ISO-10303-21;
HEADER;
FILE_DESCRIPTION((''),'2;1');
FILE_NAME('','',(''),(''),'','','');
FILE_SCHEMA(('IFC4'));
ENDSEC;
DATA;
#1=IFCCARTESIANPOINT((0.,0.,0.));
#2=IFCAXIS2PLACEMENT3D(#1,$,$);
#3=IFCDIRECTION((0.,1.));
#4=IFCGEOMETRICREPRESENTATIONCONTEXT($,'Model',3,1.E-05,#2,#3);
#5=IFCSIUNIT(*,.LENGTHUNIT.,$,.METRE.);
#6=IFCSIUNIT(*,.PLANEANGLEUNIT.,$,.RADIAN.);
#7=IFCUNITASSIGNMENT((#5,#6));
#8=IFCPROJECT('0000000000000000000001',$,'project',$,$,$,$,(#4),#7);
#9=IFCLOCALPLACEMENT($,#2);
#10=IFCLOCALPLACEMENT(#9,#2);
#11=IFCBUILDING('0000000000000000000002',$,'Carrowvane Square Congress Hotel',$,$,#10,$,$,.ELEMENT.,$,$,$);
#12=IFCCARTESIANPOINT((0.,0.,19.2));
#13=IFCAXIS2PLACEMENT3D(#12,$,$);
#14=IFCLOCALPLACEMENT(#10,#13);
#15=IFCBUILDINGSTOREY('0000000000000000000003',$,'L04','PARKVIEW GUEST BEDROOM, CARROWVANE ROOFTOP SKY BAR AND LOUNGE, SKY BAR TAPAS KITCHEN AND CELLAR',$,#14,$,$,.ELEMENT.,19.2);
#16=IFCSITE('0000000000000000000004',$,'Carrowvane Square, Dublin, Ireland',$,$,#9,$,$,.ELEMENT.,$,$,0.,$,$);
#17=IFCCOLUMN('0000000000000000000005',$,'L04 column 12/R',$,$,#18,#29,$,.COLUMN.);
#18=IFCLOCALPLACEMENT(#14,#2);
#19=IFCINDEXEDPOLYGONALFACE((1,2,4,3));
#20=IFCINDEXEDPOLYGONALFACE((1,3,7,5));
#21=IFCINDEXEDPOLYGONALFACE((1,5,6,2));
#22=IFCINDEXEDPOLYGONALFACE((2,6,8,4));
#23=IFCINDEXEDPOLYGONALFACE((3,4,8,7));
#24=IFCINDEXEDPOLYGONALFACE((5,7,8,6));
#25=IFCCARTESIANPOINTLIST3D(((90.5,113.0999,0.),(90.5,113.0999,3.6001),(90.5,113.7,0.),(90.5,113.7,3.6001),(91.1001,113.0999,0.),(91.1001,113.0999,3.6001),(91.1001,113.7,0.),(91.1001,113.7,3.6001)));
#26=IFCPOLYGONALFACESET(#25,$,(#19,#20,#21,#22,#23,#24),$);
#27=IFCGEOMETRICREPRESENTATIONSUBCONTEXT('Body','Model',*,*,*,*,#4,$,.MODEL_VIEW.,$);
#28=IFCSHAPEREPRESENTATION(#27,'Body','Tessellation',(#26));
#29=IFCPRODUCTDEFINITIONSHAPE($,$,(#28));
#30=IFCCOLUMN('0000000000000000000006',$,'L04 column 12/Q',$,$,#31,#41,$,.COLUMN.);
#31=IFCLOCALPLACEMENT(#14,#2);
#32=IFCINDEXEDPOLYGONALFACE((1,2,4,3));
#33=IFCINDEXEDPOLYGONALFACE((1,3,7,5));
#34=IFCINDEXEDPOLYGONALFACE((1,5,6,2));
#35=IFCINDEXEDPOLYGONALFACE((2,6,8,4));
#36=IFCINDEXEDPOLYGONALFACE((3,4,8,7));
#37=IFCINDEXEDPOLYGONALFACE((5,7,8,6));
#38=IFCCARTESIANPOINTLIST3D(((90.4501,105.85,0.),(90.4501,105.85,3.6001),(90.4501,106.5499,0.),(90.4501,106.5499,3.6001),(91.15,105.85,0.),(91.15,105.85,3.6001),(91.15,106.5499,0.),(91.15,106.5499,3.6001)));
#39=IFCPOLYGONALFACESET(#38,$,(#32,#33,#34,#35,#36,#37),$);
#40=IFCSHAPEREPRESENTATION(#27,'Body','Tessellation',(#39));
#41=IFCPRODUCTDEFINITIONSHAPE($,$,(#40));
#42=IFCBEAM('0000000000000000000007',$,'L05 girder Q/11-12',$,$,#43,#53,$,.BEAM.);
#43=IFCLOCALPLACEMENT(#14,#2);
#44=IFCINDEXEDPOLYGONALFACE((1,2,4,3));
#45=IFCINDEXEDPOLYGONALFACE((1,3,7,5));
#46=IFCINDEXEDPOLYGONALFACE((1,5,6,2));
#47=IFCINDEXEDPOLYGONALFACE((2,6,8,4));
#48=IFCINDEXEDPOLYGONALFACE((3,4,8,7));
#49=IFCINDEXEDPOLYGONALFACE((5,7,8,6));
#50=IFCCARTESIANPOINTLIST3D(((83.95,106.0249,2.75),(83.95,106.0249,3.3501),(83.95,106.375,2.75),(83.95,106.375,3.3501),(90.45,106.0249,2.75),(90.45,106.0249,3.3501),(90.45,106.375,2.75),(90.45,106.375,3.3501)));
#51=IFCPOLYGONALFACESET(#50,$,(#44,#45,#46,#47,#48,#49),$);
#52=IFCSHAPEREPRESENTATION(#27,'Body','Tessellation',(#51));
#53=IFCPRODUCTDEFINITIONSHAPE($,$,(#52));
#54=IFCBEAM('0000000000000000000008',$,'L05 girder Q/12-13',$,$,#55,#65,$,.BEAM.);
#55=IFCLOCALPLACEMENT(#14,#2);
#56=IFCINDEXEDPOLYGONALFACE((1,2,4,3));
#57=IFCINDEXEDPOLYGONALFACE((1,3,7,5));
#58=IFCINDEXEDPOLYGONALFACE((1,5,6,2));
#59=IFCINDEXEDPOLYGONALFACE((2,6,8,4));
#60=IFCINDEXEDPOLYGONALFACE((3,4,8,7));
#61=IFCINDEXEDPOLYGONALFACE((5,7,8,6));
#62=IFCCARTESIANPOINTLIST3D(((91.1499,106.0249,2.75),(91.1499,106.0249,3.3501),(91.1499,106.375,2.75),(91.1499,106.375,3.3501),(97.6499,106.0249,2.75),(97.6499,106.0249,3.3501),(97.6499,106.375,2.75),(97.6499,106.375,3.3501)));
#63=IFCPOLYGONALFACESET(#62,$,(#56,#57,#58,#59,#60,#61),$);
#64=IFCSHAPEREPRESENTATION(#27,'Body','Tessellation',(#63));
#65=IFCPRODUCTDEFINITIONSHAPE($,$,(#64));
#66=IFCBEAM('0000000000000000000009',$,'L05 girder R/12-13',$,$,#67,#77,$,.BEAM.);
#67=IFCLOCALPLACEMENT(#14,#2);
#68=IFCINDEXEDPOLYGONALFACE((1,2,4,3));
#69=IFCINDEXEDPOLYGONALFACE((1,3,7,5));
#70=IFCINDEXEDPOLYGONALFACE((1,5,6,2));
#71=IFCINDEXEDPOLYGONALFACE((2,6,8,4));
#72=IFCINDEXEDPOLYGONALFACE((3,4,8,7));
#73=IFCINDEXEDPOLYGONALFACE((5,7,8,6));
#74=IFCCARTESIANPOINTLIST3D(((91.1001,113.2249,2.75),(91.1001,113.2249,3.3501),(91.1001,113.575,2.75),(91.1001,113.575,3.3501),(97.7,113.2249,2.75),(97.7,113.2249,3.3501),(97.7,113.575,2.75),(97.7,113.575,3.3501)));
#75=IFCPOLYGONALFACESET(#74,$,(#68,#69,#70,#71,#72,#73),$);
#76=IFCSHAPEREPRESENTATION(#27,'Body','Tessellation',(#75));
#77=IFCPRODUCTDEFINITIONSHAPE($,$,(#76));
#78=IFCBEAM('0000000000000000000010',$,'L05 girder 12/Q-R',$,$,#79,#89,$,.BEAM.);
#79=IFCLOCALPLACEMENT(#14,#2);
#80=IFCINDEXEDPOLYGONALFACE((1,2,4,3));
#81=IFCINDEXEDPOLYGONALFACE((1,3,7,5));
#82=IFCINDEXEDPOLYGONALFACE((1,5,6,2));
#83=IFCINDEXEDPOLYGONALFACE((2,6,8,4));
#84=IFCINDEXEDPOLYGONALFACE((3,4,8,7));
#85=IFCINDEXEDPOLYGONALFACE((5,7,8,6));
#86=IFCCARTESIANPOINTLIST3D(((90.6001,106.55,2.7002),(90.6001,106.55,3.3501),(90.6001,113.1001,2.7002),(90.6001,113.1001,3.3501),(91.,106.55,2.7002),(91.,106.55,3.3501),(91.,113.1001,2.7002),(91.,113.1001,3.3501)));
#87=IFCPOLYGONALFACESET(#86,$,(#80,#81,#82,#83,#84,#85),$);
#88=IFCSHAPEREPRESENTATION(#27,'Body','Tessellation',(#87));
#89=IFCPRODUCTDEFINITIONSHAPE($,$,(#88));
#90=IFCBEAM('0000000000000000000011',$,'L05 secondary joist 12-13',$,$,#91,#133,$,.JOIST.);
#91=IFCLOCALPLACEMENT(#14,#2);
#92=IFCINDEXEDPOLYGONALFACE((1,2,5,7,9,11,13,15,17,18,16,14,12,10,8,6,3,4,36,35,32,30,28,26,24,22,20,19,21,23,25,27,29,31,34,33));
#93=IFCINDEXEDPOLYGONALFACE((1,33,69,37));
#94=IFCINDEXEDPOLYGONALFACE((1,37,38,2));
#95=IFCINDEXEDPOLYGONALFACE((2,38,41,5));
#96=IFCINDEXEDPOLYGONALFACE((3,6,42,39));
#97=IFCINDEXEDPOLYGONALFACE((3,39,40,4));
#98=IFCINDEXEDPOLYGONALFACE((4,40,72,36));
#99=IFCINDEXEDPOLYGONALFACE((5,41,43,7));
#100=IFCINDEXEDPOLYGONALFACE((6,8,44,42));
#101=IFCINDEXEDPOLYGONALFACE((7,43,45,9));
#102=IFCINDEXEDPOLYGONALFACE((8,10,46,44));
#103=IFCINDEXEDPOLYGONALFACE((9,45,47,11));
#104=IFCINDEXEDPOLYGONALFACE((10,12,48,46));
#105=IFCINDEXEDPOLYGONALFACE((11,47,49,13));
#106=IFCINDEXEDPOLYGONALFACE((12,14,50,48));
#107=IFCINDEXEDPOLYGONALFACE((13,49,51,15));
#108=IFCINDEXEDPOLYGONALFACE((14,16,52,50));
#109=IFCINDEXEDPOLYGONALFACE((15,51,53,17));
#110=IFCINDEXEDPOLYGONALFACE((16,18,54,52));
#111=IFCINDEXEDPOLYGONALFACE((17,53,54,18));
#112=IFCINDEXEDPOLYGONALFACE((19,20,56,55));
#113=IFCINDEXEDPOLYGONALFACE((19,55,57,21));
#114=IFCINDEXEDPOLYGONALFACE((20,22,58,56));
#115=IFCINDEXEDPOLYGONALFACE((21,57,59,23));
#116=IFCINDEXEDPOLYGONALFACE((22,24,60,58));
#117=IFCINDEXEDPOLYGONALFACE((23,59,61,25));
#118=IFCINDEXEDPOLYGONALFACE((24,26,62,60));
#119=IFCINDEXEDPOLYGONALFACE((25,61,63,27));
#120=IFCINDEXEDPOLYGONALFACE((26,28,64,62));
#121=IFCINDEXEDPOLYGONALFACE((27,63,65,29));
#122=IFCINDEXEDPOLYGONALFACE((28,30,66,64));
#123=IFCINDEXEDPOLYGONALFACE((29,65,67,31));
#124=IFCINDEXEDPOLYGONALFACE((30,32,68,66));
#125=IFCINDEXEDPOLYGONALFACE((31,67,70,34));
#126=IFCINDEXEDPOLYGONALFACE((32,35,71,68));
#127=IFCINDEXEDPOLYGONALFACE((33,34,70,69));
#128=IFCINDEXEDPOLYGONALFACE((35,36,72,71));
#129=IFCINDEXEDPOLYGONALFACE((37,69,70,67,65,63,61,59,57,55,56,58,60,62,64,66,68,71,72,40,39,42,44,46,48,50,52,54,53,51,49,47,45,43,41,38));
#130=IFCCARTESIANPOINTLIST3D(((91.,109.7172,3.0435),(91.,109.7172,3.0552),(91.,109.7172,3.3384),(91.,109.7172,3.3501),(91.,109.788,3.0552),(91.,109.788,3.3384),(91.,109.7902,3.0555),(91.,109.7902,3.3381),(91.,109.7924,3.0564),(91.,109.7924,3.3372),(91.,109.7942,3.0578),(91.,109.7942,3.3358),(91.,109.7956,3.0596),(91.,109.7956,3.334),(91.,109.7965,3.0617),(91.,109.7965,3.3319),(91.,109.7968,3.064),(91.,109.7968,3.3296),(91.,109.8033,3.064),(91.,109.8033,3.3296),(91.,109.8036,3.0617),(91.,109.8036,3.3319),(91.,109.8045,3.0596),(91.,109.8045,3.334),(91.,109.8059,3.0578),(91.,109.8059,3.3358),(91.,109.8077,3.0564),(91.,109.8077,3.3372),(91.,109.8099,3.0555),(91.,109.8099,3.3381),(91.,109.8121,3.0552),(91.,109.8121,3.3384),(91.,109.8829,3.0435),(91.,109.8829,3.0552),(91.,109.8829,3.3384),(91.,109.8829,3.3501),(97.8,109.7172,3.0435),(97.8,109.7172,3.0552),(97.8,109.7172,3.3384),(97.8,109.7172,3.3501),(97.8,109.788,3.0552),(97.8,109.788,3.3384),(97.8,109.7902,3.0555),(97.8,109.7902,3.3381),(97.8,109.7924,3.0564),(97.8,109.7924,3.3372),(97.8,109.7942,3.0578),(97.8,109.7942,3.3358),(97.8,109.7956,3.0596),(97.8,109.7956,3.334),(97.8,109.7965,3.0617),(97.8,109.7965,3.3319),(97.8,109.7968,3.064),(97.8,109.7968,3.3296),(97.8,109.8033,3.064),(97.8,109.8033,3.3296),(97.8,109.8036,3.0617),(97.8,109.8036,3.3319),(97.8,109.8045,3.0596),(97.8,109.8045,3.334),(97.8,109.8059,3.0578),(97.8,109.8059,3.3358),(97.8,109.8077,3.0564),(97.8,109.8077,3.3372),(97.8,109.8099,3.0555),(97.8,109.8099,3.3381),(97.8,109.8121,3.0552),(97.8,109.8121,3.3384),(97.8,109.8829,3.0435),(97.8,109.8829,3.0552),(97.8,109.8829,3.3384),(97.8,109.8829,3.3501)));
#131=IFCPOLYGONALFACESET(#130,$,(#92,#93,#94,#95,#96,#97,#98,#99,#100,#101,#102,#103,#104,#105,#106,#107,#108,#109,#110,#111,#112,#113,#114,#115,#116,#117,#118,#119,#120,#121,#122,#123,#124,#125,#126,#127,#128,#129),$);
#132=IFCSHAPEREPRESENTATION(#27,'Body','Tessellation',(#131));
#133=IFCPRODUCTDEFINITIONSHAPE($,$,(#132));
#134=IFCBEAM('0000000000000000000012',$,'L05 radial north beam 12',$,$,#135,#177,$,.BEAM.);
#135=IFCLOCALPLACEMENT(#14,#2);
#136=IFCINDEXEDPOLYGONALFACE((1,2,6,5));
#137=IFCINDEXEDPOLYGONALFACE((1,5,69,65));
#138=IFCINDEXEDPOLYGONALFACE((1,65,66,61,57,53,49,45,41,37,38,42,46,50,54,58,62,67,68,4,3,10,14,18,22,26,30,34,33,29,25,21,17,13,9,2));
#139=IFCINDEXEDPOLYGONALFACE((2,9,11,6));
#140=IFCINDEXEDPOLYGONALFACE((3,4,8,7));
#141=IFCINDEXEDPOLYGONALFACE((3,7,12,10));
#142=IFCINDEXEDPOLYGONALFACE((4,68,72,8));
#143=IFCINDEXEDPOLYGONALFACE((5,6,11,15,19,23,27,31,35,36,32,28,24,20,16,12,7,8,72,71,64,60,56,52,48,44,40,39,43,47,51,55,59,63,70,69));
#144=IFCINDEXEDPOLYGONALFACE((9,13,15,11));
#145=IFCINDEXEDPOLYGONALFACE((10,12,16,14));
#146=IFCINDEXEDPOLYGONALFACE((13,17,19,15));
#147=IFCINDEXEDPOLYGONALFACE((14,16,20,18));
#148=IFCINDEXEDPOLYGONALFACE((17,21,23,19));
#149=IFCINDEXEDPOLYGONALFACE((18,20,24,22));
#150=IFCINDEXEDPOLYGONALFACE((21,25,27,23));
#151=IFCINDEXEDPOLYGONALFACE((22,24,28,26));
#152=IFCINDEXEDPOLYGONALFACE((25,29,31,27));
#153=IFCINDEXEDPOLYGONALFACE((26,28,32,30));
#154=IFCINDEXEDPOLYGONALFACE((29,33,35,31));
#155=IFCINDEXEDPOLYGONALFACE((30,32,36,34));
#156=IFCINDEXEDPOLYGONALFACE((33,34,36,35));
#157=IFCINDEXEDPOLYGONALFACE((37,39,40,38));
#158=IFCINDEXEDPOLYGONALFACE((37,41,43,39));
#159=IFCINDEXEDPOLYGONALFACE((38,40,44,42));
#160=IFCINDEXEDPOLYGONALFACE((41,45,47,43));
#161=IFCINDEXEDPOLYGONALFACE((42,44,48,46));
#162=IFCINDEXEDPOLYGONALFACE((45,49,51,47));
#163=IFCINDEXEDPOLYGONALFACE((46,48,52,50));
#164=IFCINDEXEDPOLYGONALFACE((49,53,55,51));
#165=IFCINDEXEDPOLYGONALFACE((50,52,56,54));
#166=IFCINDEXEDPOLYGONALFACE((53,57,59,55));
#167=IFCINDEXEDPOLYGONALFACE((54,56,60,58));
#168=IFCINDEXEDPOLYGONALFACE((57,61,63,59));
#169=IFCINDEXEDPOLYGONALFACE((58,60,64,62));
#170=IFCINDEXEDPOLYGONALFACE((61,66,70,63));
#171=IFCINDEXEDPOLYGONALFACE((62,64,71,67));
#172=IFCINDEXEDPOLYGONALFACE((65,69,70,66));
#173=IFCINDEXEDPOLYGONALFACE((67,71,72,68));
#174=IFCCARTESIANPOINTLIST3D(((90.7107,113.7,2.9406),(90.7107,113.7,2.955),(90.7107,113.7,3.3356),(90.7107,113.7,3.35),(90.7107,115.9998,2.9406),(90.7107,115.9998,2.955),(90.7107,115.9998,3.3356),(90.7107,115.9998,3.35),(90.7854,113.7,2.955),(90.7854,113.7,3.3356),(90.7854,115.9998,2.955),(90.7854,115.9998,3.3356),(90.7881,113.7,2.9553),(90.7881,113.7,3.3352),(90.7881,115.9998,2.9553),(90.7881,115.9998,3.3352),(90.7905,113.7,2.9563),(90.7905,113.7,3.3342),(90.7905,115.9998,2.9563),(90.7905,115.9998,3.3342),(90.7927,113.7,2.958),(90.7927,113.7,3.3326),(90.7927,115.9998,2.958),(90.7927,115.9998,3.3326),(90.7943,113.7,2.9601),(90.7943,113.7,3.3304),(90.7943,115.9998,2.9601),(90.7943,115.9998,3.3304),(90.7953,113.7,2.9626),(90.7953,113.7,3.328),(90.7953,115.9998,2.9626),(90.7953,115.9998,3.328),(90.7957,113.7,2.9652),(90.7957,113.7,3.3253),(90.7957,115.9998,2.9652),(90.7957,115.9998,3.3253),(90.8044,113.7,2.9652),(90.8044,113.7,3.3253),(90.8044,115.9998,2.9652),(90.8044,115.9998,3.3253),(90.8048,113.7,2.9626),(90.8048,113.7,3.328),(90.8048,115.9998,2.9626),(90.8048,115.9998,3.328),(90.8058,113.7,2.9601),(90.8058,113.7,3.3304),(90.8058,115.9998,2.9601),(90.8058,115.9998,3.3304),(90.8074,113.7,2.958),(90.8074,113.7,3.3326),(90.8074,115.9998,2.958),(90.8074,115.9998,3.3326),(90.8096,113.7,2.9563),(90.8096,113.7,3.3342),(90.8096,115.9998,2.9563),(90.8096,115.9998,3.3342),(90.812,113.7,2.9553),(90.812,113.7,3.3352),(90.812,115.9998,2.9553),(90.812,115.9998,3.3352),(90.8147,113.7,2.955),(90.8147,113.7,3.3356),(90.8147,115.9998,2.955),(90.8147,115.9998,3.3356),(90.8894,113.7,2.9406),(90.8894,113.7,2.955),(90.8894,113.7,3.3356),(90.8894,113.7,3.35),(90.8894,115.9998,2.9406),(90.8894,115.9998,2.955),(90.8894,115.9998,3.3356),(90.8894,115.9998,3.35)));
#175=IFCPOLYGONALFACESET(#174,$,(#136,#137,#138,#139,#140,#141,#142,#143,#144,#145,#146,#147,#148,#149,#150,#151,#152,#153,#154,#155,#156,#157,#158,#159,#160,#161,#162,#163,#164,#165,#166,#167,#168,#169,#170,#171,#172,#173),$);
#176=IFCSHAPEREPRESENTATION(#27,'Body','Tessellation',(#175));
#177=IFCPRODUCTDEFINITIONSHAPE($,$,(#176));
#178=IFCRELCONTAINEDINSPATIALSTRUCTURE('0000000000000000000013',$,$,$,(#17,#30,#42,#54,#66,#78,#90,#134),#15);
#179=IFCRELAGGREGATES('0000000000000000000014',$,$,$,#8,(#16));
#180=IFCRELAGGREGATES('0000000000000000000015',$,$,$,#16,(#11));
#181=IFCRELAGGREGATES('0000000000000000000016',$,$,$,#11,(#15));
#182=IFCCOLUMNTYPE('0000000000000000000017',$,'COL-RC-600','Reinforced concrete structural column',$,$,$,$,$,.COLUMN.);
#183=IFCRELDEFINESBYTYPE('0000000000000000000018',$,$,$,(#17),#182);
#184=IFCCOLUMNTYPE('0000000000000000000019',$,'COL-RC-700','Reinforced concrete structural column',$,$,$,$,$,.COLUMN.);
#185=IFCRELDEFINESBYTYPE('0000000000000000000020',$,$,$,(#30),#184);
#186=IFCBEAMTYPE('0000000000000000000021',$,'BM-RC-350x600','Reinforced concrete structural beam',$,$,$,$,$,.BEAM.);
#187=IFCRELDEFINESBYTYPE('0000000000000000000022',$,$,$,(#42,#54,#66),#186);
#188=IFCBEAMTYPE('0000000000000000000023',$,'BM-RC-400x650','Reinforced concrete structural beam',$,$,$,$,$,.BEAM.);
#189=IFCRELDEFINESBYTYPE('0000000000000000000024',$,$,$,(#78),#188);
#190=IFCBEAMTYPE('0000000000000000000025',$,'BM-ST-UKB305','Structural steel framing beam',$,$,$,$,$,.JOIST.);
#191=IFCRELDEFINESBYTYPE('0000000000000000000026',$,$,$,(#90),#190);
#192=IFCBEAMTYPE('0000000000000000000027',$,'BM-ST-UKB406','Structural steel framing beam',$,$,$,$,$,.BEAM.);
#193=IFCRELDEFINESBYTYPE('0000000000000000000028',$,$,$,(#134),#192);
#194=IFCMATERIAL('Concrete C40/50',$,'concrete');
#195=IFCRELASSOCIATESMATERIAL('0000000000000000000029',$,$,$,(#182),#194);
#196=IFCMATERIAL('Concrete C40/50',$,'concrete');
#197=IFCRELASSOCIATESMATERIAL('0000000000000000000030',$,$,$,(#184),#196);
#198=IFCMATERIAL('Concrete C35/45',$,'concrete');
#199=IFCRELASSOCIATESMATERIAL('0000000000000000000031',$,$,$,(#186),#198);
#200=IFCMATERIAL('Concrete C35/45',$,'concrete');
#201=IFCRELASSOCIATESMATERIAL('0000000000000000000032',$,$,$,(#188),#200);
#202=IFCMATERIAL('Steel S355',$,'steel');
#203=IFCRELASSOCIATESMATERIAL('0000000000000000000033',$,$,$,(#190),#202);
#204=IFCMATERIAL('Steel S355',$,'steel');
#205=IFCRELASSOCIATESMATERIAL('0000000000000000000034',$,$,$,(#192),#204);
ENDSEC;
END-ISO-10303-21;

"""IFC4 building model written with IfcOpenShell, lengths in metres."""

from ifc_helpers import new_model, si_unit, direction, frame, origin, origin_2d, place, context, subcontext, project, spatial, rectangle, i_section, extrude, material, material_profile, profile_set, type_object, element, save


model = new_model("IFC4")

# Units and contexts
model_context = context("Model", 3, precision=1e-05, world=origin(), true_north=direction((0.0, 1.0)))
body_context = subcontext(model_context, "Body", "Model", "MODEL_VIEW")
ifc_project = project(units=[si_unit("LENGTHUNIT", "METRE"), si_unit("PLANEANGLEUNIT", "RADIAN")], contexts=[model_context])

# Site, building, storey
site_placement = place(None, origin())
site = spatial("IfcSite", under=ifc_project, at=site_placement, Name="Carrowvane Square, Dublin, Ireland", CompositionType="ELEMENT", RefElevation=0.0)
building_placement = place(site_placement, origin())
building = spatial("IfcBuilding", under=site, at=building_placement, Name="Carrowvane Square Congress Hotel", CompositionType="ELEMENT")
storey_placement = place(building_placement, frame((0.0, 0.0, 19.2)))
storey = spatial("IfcBuildingStorey", under=building, at=storey_placement, Name="L04", Description="PARKVIEW GUEST BEDROOM, CARROWVANE ROOFTOP SKY BAR AND LOUNGE, SKY BAR TAPAS KITCHEN AND CELLAR", CompositionType="ELEMENT", Elevation=19.2)

# Columns
ifc_material_1 = material(Name="Concrete C40/50", Category="concrete")
ifc_material_profile_1 = material_profile(ifc_material_1, rectangle(XDim=0.6001, YDim=0.6001, at=origin_2d()), Name="RC 600x600")
ifc_profile_set_1 = profile_set([ifc_material_profile_1], Name="Concrete C40/50")
column_type_1 = type_object("IfcColumnType", Name="COL-RC-600", Description="Reinforced concrete structural column", PredefinedType="COLUMN", material=ifc_profile_set_1)
column_1_placement = place(storey_placement, frame((90.8, 113.3999, 0.0), z_axis=(0.0, 0.0, 1.0), x_axis=(1.0, 0.0, 0.0)))
element("IfcColumn", 1, at=column_1_placement, inside=storey, type_object=column_type_1, Name="L04 column 12/R", PredefinedType="COLUMN", context=body_context, shape_type="SweptSolid", body=[
    extrude(rectangle(XDim=0.6001, YDim=0.6001, at=origin_2d()), origin(), (0.0, 0.0, 1.0), 3.6001),
])
ifc_material_2 = material(Name="Concrete C40/50", Category="concrete")
ifc_material_profile_2 = material_profile(ifc_material_2, rectangle(XDim=0.7, YDim=0.7, at=origin_2d()), Name="RC 700x700")
ifc_profile_set_2 = profile_set([ifc_material_profile_2], Name="Concrete C40/50")
column_type_2 = type_object("IfcColumnType", Name="COL-RC-700", Description="Reinforced concrete structural column", PredefinedType="COLUMN", material=ifc_profile_set_2)
column_2_placement = place(storey_placement, frame((90.8, 106.2, 0.0), z_axis=(0.0, 0.0, 1.0), x_axis=(1.0, 0.0, 0.0)))
element("IfcColumn", 2, at=column_2_placement, inside=storey, type_object=column_type_2, Name="L04 column 12/Q", PredefinedType="COLUMN", context=body_context, shape_type="SweptSolid", body=[
    extrude(rectangle(XDim=0.7, YDim=0.7, at=origin_2d()), origin(), (0.0, 0.0, 1.0), 3.6001),
])

# Beams
ifc_material_3 = material(Name="Concrete C35/45", Category="concrete")
ifc_material_profile_3 = material_profile(ifc_material_3, rectangle(XDim=0.3501, YDim=0.6001, at=origin_2d()), Name="RC 350x600")
ifc_profile_set_3 = profile_set([ifc_material_profile_3], Name="Concrete C35/45")
beam_type_1 = type_object("IfcBeamType", Name="BM-RC-350x600", Description="Reinforced concrete structural beam", PredefinedType="BEAM", material=ifc_profile_set_3)
for number, where, z_axis, x_axis, name in (
    (3, (83.95, 106.2, 3.05), (1.0, 0.0, 0.0), (0.0, 1.0, 0.0), "L05 girder Q/11-12"),
    (4, (91.1499, 106.2, 3.05), (1.0, 0.0, 0.0), (0.0, 1.0, 0.0), "L05 girder Q/12-13"),
):
    element("IfcBeam", number, at=place(storey_placement, frame(where, z_axis=z_axis, x_axis=x_axis)), inside=storey, type_object=beam_type_1, Name=name, PredefinedType="BEAM", context=body_context, shape_type="SweptSolid", body=[
        extrude(rectangle(XDim=0.3501, YDim=0.6001, at=origin_2d()), origin(), (0.0, 0.0, 1.0), 6.5),
    ])
beam_1_placement = place(storey_placement, frame((91.1001, 113.3999, 3.05), z_axis=(1.0, 0.0, 0.0), x_axis=(0.0, 1.0, 0.0)))
element("IfcBeam", 5, at=beam_1_placement, inside=storey, type_object=beam_type_1, Name="L05 girder R/12-13", PredefinedType="BEAM", context=body_context, shape_type="SweptSolid", body=[
    extrude(rectangle(XDim=0.3501, YDim=0.6001, at=origin_2d()), origin(), (0.0, 0.0, 1.0), 6.5999),
])
ifc_material_4 = material(Name="Concrete C35/45", Category="concrete")
ifc_material_profile_4 = material_profile(ifc_material_4, rectangle(XDim=0.3999, YDim=0.6499, at=origin_2d()), Name="RC 400x650")
ifc_profile_set_4 = profile_set([ifc_material_profile_4], Name="Concrete C35/45")
beam_type_2 = type_object("IfcBeamType", Name="BM-RC-400x650", Description="Reinforced concrete structural beam", PredefinedType="BEAM", material=ifc_profile_set_4)
beam_2_placement = place(storey_placement, frame((90.8, 106.55, 3.0251), z_axis=(0.0, 1.0, 0.0), x_axis=(-1.0, 0.0, 0.0)))
element("IfcBeam", 6, at=beam_2_placement, inside=storey, type_object=beam_type_2, Name="L05 girder 12/Q-R", PredefinedType="BEAM", context=body_context, shape_type="SweptSolid", body=[
    extrude(rectangle(XDim=0.3999, YDim=0.6499, at=origin_2d()), origin(), (0.0, 0.0, 1.0), 6.55),
])
ifc_material_5 = material(Name="Steel S355", Category="steel")
ifc_material_profile_5 = material_profile(ifc_material_5, i_section(OverallWidth=0.1658, OverallDepth=0.3066, WebThickness=0.0066, FlangeThickness=0.0117, FilletRadius=0.0088, at=origin_2d()), Name="UKB 305x165x46")
ifc_profile_set_5 = profile_set([ifc_material_profile_5], Name="Steel S355")
beam_type_3 = type_object("IfcBeamType", Name="BM-ST-UKB305", Description="Structural steel framing beam", PredefinedType="JOIST", material=ifc_profile_set_5)
beam_3_placement = place(storey_placement, frame((91.0, 109.8, 3.1968), z_axis=(1.0, 0.0, 0.0), x_axis=(0.0, 1.0, 0.0)))
element("IfcBeam", 7, at=beam_3_placement, inside=storey, type_object=beam_type_3, Name="L05 secondary joist 12-13", PredefinedType="JOIST", context=body_context, shape_type="SweptSolid", body=[
    extrude(i_section(OverallWidth=0.1658, OverallDepth=0.3066, WebThickness=0.0066, FlangeThickness=0.0117, FilletRadius=0.0088, at=origin_2d()), origin(), (0.0, 0.0, 1.0), 6.8),
])
ifc_material_6 = material(Name="Steel S355", Category="steel")
ifc_material_profile_6 = material_profile(ifc_material_6, i_section(OverallWidth=0.1787, OverallDepth=0.4094, WebThickness=0.0088, FlangeThickness=0.0144, FilletRadius=0.0103, at=origin_2d()), Name="UKB 406x178x67")
ifc_profile_set_6 = profile_set([ifc_material_profile_6], Name="Steel S355")
beam_type_4 = type_object("IfcBeamType", Name="BM-ST-UKB406", Description="Structural steel framing beam", PredefinedType="BEAM", material=ifc_profile_set_6)
beam_4_placement = place(storey_placement, frame((90.8, 113.7, 3.1453), z_axis=(0.0, 1.0, 0.0), x_axis=(-1.0, 0.0, 0.0)))
element("IfcBeam", 8, at=beam_4_placement, inside=storey, type_object=beam_type_4, Name="L05 radial north beam 12", PredefinedType="BEAM", context=body_context, shape_type="SweptSolid", body=[
    extrude(i_section(OverallWidth=0.1787, OverallDepth=0.4094, WebThickness=0.0088, FlangeThickness=0.0144, FilletRadius=0.0103, at=origin_2d()), origin(), (0.0, 0.0, 1.0), 2.2998),
])

save(model, "model.ifc")
